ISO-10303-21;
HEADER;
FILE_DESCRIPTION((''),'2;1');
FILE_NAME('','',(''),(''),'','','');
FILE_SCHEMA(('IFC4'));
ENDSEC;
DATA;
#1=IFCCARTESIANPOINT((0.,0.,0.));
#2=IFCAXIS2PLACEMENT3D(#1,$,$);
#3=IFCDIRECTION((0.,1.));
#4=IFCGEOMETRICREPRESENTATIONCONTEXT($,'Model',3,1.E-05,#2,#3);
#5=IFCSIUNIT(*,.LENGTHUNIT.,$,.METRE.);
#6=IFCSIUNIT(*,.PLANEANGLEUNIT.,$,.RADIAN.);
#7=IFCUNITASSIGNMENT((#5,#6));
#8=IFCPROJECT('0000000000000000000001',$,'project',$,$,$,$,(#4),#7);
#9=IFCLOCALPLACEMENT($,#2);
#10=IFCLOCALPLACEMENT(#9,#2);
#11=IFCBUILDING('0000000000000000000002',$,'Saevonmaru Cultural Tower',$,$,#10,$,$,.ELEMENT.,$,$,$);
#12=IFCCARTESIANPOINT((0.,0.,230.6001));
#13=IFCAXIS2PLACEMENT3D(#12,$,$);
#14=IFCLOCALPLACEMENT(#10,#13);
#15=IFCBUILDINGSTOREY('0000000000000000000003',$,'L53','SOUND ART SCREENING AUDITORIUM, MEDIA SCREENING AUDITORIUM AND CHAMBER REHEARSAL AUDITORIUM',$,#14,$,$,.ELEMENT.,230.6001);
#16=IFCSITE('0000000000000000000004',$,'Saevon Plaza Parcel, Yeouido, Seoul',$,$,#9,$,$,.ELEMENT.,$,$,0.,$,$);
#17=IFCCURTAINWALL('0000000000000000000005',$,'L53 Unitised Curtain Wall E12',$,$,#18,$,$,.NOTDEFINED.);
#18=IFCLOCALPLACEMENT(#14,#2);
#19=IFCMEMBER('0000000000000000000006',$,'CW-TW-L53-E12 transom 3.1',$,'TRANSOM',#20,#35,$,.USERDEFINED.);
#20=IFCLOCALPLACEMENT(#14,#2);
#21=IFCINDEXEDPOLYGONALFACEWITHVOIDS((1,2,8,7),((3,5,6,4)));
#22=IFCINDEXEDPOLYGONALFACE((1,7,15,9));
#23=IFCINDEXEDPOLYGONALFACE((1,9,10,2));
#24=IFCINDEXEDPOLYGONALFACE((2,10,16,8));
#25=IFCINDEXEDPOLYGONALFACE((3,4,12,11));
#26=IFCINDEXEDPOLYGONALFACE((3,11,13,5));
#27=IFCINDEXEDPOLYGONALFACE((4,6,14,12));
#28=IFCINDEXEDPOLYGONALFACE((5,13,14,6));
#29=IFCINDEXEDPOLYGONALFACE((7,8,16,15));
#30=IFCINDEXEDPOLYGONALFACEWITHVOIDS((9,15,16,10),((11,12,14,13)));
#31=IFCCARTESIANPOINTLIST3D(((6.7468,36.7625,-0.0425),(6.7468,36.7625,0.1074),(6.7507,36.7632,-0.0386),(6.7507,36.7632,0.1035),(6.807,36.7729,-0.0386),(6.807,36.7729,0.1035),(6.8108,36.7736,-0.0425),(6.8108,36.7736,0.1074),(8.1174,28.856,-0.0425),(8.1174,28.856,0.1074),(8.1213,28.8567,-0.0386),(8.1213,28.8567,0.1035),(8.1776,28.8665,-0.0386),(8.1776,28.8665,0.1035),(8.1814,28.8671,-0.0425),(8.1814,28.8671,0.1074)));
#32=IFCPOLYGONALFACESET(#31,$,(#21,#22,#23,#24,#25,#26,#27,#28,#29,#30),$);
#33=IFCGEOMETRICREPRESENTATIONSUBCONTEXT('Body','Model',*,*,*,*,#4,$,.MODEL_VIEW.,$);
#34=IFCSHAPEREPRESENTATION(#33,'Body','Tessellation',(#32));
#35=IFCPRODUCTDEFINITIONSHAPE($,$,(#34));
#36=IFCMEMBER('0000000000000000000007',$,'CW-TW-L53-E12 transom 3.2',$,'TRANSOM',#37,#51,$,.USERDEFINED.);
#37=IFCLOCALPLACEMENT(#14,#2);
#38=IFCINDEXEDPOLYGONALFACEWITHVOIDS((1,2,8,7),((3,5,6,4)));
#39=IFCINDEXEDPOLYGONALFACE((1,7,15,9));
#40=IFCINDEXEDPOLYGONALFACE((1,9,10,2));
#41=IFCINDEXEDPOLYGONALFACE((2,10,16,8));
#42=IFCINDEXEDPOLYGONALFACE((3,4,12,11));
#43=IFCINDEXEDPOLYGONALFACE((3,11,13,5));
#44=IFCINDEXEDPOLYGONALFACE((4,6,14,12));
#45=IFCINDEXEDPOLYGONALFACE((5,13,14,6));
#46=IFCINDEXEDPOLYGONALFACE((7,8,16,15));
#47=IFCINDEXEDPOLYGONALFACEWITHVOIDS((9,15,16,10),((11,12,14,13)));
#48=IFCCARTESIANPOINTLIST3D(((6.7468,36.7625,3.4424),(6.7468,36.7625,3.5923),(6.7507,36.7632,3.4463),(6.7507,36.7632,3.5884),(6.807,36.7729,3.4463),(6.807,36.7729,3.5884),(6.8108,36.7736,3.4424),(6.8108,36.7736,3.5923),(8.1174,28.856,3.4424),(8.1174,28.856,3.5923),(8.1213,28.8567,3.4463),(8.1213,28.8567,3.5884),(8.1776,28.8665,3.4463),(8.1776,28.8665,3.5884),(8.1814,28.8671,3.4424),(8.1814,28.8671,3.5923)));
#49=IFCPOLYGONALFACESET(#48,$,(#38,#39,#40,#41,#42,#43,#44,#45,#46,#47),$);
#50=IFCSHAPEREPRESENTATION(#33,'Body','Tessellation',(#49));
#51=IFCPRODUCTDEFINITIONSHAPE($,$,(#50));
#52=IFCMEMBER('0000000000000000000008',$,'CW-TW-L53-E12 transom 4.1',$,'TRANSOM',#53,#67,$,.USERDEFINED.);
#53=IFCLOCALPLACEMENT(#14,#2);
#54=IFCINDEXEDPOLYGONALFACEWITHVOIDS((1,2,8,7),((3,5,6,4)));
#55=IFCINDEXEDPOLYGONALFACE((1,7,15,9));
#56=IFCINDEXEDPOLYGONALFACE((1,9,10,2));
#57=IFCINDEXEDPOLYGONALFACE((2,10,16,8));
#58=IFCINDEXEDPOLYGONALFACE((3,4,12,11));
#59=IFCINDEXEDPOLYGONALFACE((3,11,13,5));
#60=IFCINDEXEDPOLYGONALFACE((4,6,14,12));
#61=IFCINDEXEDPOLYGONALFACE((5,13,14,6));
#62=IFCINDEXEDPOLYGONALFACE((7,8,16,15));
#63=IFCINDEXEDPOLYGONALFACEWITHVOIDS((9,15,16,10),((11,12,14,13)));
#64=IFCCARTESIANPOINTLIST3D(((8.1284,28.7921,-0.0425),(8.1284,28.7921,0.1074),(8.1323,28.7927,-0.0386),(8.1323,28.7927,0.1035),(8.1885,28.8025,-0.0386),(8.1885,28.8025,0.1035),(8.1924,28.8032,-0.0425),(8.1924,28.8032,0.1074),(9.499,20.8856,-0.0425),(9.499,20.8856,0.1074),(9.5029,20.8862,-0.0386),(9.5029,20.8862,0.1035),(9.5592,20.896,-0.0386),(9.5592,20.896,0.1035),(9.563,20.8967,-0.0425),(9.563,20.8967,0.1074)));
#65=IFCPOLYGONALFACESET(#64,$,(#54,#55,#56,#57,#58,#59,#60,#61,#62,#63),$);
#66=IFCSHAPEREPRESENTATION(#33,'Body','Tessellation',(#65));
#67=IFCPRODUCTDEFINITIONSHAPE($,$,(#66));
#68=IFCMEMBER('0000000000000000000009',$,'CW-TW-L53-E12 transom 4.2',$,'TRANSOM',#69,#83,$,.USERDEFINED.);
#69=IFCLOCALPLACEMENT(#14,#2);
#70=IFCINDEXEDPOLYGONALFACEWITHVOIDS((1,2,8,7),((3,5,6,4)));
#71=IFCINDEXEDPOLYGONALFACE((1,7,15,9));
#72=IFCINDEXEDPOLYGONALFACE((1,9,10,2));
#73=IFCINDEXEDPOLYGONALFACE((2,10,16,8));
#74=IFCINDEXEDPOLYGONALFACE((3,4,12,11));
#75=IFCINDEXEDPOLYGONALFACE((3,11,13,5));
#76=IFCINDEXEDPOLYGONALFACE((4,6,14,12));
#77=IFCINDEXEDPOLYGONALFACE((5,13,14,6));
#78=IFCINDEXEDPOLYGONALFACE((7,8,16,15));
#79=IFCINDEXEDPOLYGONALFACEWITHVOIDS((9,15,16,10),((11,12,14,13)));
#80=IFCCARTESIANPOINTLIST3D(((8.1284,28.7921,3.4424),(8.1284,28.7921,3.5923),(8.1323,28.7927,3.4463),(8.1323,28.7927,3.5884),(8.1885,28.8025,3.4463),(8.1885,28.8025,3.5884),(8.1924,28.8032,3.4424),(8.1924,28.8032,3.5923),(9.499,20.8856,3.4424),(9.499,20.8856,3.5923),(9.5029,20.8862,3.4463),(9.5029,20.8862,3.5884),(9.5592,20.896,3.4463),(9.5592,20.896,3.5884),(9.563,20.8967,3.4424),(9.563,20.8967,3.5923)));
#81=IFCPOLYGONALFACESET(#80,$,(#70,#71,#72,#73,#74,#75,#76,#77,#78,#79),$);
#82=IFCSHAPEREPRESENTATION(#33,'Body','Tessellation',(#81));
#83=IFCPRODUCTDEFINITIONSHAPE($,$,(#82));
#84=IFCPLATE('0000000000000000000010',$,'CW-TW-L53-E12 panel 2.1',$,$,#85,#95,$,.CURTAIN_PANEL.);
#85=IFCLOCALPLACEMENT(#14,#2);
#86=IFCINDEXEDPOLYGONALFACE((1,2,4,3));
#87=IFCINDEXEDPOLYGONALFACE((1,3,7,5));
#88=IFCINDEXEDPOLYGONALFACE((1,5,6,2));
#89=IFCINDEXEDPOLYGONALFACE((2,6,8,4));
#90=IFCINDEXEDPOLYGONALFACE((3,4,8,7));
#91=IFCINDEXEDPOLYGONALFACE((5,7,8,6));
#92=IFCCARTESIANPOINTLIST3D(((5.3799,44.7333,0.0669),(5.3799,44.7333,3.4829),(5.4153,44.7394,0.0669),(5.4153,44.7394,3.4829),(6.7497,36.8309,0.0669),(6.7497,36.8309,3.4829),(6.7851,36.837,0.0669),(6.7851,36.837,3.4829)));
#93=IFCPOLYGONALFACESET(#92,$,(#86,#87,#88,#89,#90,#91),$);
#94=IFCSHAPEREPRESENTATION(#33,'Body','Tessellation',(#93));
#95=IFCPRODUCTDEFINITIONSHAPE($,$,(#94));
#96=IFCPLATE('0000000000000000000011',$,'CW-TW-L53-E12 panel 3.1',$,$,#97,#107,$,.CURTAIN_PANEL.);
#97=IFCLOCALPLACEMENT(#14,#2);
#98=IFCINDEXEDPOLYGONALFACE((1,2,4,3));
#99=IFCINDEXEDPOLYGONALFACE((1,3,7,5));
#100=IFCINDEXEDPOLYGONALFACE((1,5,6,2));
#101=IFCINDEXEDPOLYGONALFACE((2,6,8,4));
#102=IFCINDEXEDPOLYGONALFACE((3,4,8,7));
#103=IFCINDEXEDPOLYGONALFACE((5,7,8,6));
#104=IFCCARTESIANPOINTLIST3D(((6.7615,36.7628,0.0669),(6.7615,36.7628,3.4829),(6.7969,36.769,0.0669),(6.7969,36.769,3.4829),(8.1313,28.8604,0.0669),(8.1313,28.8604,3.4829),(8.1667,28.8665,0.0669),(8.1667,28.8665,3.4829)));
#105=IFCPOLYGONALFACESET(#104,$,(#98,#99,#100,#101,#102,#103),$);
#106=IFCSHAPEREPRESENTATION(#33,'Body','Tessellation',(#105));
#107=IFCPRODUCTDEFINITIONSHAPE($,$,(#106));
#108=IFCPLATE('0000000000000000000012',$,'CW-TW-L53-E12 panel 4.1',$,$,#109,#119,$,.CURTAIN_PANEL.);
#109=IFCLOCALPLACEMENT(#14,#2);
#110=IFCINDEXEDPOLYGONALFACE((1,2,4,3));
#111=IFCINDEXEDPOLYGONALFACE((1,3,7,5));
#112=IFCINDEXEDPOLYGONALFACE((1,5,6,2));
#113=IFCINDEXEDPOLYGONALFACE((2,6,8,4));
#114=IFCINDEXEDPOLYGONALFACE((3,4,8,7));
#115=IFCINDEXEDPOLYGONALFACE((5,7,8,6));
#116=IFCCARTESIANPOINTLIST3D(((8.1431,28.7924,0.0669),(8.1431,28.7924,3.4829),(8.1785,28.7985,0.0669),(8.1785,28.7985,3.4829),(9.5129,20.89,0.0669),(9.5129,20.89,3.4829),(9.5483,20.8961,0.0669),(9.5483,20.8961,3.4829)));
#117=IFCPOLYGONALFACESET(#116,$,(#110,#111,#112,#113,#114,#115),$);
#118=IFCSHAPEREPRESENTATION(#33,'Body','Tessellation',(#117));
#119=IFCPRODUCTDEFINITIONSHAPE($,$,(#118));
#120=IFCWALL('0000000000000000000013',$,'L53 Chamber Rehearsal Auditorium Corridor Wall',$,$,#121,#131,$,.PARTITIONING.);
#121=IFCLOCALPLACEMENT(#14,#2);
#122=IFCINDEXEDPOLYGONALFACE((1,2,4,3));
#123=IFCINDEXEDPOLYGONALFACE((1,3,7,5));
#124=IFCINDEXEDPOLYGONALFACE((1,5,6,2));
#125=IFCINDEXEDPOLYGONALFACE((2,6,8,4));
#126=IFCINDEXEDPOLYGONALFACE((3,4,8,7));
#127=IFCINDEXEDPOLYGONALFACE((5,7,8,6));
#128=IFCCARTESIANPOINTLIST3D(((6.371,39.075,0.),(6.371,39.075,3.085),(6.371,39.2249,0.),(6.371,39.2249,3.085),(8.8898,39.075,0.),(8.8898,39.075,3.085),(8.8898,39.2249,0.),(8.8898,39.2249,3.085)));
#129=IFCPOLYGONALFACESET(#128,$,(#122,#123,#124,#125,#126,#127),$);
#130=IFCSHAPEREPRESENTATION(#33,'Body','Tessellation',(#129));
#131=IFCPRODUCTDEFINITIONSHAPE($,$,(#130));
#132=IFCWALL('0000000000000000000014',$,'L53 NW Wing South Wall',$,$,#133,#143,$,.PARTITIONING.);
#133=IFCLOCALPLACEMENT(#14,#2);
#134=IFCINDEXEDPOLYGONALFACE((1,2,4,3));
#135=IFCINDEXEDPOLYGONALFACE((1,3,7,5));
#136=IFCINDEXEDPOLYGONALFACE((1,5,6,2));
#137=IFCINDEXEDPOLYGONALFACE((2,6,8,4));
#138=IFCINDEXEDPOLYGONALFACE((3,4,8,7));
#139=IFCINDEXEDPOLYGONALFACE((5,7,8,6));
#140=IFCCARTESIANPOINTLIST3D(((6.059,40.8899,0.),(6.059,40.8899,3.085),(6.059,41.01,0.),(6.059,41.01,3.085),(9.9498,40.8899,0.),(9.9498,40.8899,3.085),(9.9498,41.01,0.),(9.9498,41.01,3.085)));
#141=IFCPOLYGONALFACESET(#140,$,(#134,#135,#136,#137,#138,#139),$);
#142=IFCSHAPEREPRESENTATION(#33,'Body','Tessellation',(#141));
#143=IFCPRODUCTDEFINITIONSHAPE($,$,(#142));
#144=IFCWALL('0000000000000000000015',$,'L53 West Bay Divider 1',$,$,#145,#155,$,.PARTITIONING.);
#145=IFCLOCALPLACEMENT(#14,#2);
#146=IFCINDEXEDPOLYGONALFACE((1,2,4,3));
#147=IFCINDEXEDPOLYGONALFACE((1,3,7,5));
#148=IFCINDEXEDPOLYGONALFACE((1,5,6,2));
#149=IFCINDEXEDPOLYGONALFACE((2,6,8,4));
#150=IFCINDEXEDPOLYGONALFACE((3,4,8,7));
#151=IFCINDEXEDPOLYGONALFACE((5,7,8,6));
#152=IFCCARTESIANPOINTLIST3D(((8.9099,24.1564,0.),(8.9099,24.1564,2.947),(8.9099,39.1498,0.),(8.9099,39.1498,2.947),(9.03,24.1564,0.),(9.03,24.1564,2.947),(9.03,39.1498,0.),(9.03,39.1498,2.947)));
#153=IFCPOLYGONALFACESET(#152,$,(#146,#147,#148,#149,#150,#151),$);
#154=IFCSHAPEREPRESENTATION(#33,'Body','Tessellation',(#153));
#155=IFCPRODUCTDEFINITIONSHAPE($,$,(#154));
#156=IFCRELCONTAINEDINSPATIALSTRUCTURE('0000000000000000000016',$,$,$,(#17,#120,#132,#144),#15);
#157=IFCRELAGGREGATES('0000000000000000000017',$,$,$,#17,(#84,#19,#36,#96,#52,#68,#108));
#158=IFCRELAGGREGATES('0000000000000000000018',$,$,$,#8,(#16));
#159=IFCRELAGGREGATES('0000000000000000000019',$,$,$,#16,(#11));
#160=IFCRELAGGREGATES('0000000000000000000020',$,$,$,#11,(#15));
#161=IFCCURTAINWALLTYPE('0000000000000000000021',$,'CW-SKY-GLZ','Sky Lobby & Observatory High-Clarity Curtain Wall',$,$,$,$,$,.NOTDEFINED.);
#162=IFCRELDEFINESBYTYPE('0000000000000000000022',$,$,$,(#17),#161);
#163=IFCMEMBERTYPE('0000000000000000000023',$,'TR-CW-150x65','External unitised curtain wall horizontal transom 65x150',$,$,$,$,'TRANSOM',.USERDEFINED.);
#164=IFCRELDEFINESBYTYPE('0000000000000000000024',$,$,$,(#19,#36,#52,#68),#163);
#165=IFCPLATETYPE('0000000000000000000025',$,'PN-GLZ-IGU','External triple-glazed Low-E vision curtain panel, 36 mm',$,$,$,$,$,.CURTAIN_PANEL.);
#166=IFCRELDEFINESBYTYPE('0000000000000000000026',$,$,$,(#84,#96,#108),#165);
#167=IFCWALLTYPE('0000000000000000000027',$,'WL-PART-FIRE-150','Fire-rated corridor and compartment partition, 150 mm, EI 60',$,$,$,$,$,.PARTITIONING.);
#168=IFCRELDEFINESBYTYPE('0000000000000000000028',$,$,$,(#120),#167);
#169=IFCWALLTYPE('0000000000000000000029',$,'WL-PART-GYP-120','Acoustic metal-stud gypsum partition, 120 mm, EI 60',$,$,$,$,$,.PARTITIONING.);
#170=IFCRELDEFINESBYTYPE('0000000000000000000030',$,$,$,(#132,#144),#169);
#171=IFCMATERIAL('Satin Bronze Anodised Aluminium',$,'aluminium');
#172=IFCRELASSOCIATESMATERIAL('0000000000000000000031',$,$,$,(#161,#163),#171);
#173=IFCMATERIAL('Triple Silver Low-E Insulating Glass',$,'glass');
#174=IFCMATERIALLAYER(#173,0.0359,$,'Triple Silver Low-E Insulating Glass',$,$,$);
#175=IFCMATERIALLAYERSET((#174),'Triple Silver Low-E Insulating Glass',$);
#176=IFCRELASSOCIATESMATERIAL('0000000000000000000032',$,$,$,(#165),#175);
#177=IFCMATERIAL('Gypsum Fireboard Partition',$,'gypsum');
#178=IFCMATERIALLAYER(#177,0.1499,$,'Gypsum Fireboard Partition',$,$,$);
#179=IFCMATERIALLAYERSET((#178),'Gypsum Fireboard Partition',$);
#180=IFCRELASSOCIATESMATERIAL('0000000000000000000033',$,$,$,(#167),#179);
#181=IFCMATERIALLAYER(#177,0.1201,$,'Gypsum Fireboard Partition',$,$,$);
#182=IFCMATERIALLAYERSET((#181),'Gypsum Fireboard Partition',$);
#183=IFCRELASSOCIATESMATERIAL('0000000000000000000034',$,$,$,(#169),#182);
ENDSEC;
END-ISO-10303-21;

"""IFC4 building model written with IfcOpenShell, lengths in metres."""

from ifc_helpers import new_model, si_unit, direction, frame, frame_2d, origin, origin_2d, place, context, subcontext, project, spatial, rectangle, hollow_rectangle, extrude, material, layer, layer_set, material_profile, profile_set, type_object, element, aggregate, save


model = new_model("IFC4")

# Units and contexts
model_context = context("Model", 3, precision=1e-05, world=origin(), true_north=direction((0.0, 1.0)))
body_context = subcontext(model_context, "Body", "Model", "MODEL_VIEW")
ifc_project = project(units=[si_unit("LENGTHUNIT", "METRE"), si_unit("PLANEANGLEUNIT", "RADIAN")], contexts=[model_context])

# Site, building, storey
site_placement = place(None, origin())
site = spatial("IfcSite", under=ifc_project, at=site_placement, Name="Saevon Plaza Parcel, Yeouido, Seoul", CompositionType="ELEMENT", RefElevation=0.0)
building_placement = place(site_placement, origin())
building = spatial("IfcBuilding", under=site, at=building_placement, Name="Saevonmaru Cultural Tower", CompositionType="ELEMENT")
storey_placement = place(building_placement, frame((0.0, 0.0, 230.6001)))
storey = spatial("IfcBuildingStorey", under=building, at=storey_placement, Name="L53", Description="SOUND ART SCREENING AUDITORIUM, MEDIA SCREENING AUDITORIUM AND CHAMBER REHEARSAL AUDITORIUM", CompositionType="ELEMENT", Elevation=230.6001)

# Curtain wall, members, plates
ifc_material_1 = material(Name="Satin Bronze Anodised Aluminium", Category="aluminium")
curtain_wall_type = type_object("IfcCurtainWallType", Name="CW-SKY-GLZ", Description="Sky Lobby & Observatory High-Clarity Curtain Wall", PredefinedType="NOTDEFINED", material=ifc_material_1)
curtain_wall_placement = place(storey_placement, origin())
curtain_wall = element("IfcCurtainWall", 1, at=curtain_wall_placement, inside=storey, type_object=curtain_wall_type, Name="L53 Unitised Curtain Wall E12", PredefinedType="NOTDEFINED")
ifc_material_profile_1 = material_profile(ifc_material_1, hollow_rectangle(XDim=0.0649, YDim=0.1499, WallThickness=0.0039, at=origin_2d()), Name="ALU-TRAN-150x65x4")
ifc_profile_set_1 = profile_set([ifc_material_profile_1], Name="Satin Bronze Anodised Aluminium")
member_type_1 = type_object("IfcMemberType", Name="TR-CW-150x65", Description="External unitised curtain wall horizontal transom 65x150", ElementType="TRANSOM", PredefinedType="USERDEFINED", material=ifc_profile_set_1)
member_1_placement = place(storey_placement, frame((6.7788, 36.7681, 0.0325), z_axis=(0.170804, -0.985305, 0.0), x_axis=(0.985305, 0.170804, 0.0)))
member_1 = element("IfcMember", 2, at=member_1_placement, type_object=member_type_1, Name="CW-TW-L53-E12 transom 3.1", ObjectType="TRANSOM", PredefinedType="USERDEFINED", context=body_context, shape_type="SweptSolid", body=[
    extrude(hollow_rectangle(XDim=0.0649, YDim=0.1499, WallThickness=0.0039, at=origin_2d()), origin(), (0.0, 0.0, 1.0), 8.0244),
])
member_2_placement = place(storey_placement, frame((6.7788, 36.7681, 3.5173), z_axis=(0.170804, -0.985305, 0.0), x_axis=(0.985305, 0.170804, 0.0)))
member_2 = element("IfcMember", 3, at=member_2_placement, type_object=member_type_1, Name="CW-TW-L53-E12 transom 3.2", ObjectType="TRANSOM", PredefinedType="USERDEFINED", context=body_context, shape_type="SweptSolid", body=[
    extrude(hollow_rectangle(XDim=0.0649, YDim=0.1499, WallThickness=0.0039, at=origin_2d()), origin(), (0.0, 0.0, 1.0), 8.0244),
])
member_3_placement = place(storey_placement, frame((8.1604, 28.7976, 0.0325), z_axis=(0.170804, -0.985305, 0.0), x_axis=(0.985305, 0.170804, 0.0)))
member_3 = element("IfcMember", 4, at=member_3_placement, type_object=member_type_1, Name="CW-TW-L53-E12 transom 4.1", ObjectType="TRANSOM", PredefinedType="USERDEFINED", context=body_context, shape_type="SweptSolid", body=[
    extrude(hollow_rectangle(XDim=0.0649, YDim=0.1499, WallThickness=0.0039, at=origin_2d()), origin(), (0.0, 0.0, 1.0), 8.0244),
])
member_4_placement = place(storey_placement, frame((8.1604, 28.7976, 3.5173), z_axis=(0.170804, -0.985305, 0.0), x_axis=(0.985305, 0.170804, 0.0)))
member_4 = element("IfcMember", 5, at=member_4_placement, type_object=member_type_1, Name="CW-TW-L53-E12 transom 4.2", ObjectType="TRANSOM", PredefinedType="USERDEFINED", context=body_context, shape_type="SweptSolid", body=[
    extrude(hollow_rectangle(XDim=0.0649, YDim=0.1499, WallThickness=0.0039, at=origin_2d()), origin(), (0.0, 0.0, 1.0), 8.0244),
])
ifc_material_2 = material(Name="Triple Silver Low-E Insulating Glass", Category="glass")
ifc_layer_1 = layer(ifc_material_2, 0.0359, Name="Triple Silver Low-E Insulating Glass")
ifc_layer_set_1 = layer_set([ifc_layer_1], Name="Triple Silver Low-E Insulating Glass")
plate_type = type_object("IfcPlateType", Name="PN-GLZ-IGU", Description="External triple-glazed Low-E vision curtain panel, 36 mm", PredefinedType="CURTAIN_PANEL", material=ifc_layer_set_1)
plate_1_placement = place(storey_placement, frame((6.0825, 40.7852, 0.0669), z_axis=(0.0, 0.0, 1.0), x_axis=(0.17079, -0.985307, 0.0)))
plate_1 = element("IfcPlate", 6, at=plate_1_placement, type_object=plate_type, Name="CW-TW-L53-E12 panel 2.1", PredefinedType="CURTAIN_PANEL", context=body_context, shape_type="SweptSolid", body=[
    extrude(rectangle(XDim=8.0203, YDim=0.0359, at=origin_2d()), origin(), (0.0, 0.0, 1.0), 3.416),
])
plate_2_placement = place(storey_placement, frame((7.4641, 32.8147, 0.0669), z_axis=(0.0, 0.0, 1.0), x_axis=(0.17079, -0.985307, 0.0)))
plate_2 = element("IfcPlate", 7, at=plate_2_placement, type_object=plate_type, Name="CW-TW-L53-E12 panel 3.1", PredefinedType="CURTAIN_PANEL", context=body_context, shape_type="SweptSolid", body=[
    extrude(rectangle(XDim=8.0203, YDim=0.0359, at=origin_2d()), origin(), (0.0, 0.0, 1.0), 3.416),
])
plate_3_placement = place(storey_placement, frame((8.8457, 24.8442, 0.0669), z_axis=(0.0, 0.0, 1.0), x_axis=(0.17079, -0.985307, 0.0)))
plate_3 = element("IfcPlate", 8, at=plate_3_placement, type_object=plate_type, Name="CW-TW-L53-E12 panel 4.1", PredefinedType="CURTAIN_PANEL", context=body_context, shape_type="SweptSolid", body=[
    extrude(rectangle(XDim=8.0203, YDim=0.0359, at=origin_2d()), origin(), (0.0, 0.0, 1.0), 3.416),
])
aggregate(curtain_wall, [plate_1, member_1, member_2, plate_2, member_3, member_4, plate_3])

# Walls
ifc_material_3 = material(Name="Gypsum Fireboard Partition", Category="gypsum")
ifc_layer_2 = layer(ifc_material_3, 0.1499, Name="Gypsum Fireboard Partition")
ifc_layer_set_2 = layer_set([ifc_layer_2], Name="Gypsum Fireboard Partition")
wall_type_1 = type_object("IfcWallType", Name="WL-PART-FIRE-150", Description="Fire-rated corridor and compartment partition, 150 mm, EI 60", PredefinedType="PARTITIONING", material=ifc_layer_set_2)
wall_1_placement = place(storey_placement, frame((6.3711, 39.1499, 0.0), z_axis=(0.0, 0.0, 1.0), x_axis=(1.0, 0.0, 0.0)))
element("IfcWall", 9, at=wall_1_placement, inside=storey, type_object=wall_type_1, Name="L53 Chamber Rehearsal Auditorium Corridor Wall", PredefinedType="PARTITIONING", context=body_context, shape_type="SweptSolid", body=[
    extrude(rectangle(XDim=2.5188, YDim=0.1499, at=frame_2d((1.2593, 0.0))), origin(), (0.0, 0.0, 1.0), 3.085),
])
ifc_layer_3 = layer(ifc_material_3, 0.1201, Name="Gypsum Fireboard Partition")
ifc_layer_set_3 = layer_set([ifc_layer_3], Name="Gypsum Fireboard Partition")
wall_type_2 = type_object("IfcWallType", Name="WL-PART-GYP-120", Description="Acoustic metal-stud gypsum partition, 120 mm, EI 60", PredefinedType="PARTITIONING", material=ifc_layer_set_3)
wall_2_placement = place(storey_placement, frame((6.0591, 40.95, 0.0), z_axis=(0.0, 0.0, 1.0), x_axis=(1.0, 0.0, 0.0)))
element("IfcWall", 10, at=wall_2_placement, inside=storey, type_object=wall_type_2, Name="L53 NW Wing South Wall", PredefinedType="PARTITIONING", context=body_context, shape_type="SweptSolid", body=[
    extrude(rectangle(XDim=3.8909, YDim=0.1201, at=frame_2d((1.9453, 0.0))), origin(), (0.0, 0.0, 1.0), 3.085),
])
wall_3_placement = place(storey_placement, frame((8.97, 24.1565, 0.0), z_axis=(0.0, 0.0, 1.0), x_axis=(0.0, 1.0, 0.0)))
element("IfcWall", 11, at=wall_3_placement, inside=storey, type_object=wall_type_2, Name="L53 West Bay Divider 1", PredefinedType="PARTITIONING", context=body_context, shape_type="SweptSolid", body=[
    extrude(rectangle(XDim=14.9934, YDim=0.1201, at=frame_2d((7.4966, 0.0))), origin(), (0.0, 0.0, 1.0), 2.947),
])

save(model, "model.ifc")
